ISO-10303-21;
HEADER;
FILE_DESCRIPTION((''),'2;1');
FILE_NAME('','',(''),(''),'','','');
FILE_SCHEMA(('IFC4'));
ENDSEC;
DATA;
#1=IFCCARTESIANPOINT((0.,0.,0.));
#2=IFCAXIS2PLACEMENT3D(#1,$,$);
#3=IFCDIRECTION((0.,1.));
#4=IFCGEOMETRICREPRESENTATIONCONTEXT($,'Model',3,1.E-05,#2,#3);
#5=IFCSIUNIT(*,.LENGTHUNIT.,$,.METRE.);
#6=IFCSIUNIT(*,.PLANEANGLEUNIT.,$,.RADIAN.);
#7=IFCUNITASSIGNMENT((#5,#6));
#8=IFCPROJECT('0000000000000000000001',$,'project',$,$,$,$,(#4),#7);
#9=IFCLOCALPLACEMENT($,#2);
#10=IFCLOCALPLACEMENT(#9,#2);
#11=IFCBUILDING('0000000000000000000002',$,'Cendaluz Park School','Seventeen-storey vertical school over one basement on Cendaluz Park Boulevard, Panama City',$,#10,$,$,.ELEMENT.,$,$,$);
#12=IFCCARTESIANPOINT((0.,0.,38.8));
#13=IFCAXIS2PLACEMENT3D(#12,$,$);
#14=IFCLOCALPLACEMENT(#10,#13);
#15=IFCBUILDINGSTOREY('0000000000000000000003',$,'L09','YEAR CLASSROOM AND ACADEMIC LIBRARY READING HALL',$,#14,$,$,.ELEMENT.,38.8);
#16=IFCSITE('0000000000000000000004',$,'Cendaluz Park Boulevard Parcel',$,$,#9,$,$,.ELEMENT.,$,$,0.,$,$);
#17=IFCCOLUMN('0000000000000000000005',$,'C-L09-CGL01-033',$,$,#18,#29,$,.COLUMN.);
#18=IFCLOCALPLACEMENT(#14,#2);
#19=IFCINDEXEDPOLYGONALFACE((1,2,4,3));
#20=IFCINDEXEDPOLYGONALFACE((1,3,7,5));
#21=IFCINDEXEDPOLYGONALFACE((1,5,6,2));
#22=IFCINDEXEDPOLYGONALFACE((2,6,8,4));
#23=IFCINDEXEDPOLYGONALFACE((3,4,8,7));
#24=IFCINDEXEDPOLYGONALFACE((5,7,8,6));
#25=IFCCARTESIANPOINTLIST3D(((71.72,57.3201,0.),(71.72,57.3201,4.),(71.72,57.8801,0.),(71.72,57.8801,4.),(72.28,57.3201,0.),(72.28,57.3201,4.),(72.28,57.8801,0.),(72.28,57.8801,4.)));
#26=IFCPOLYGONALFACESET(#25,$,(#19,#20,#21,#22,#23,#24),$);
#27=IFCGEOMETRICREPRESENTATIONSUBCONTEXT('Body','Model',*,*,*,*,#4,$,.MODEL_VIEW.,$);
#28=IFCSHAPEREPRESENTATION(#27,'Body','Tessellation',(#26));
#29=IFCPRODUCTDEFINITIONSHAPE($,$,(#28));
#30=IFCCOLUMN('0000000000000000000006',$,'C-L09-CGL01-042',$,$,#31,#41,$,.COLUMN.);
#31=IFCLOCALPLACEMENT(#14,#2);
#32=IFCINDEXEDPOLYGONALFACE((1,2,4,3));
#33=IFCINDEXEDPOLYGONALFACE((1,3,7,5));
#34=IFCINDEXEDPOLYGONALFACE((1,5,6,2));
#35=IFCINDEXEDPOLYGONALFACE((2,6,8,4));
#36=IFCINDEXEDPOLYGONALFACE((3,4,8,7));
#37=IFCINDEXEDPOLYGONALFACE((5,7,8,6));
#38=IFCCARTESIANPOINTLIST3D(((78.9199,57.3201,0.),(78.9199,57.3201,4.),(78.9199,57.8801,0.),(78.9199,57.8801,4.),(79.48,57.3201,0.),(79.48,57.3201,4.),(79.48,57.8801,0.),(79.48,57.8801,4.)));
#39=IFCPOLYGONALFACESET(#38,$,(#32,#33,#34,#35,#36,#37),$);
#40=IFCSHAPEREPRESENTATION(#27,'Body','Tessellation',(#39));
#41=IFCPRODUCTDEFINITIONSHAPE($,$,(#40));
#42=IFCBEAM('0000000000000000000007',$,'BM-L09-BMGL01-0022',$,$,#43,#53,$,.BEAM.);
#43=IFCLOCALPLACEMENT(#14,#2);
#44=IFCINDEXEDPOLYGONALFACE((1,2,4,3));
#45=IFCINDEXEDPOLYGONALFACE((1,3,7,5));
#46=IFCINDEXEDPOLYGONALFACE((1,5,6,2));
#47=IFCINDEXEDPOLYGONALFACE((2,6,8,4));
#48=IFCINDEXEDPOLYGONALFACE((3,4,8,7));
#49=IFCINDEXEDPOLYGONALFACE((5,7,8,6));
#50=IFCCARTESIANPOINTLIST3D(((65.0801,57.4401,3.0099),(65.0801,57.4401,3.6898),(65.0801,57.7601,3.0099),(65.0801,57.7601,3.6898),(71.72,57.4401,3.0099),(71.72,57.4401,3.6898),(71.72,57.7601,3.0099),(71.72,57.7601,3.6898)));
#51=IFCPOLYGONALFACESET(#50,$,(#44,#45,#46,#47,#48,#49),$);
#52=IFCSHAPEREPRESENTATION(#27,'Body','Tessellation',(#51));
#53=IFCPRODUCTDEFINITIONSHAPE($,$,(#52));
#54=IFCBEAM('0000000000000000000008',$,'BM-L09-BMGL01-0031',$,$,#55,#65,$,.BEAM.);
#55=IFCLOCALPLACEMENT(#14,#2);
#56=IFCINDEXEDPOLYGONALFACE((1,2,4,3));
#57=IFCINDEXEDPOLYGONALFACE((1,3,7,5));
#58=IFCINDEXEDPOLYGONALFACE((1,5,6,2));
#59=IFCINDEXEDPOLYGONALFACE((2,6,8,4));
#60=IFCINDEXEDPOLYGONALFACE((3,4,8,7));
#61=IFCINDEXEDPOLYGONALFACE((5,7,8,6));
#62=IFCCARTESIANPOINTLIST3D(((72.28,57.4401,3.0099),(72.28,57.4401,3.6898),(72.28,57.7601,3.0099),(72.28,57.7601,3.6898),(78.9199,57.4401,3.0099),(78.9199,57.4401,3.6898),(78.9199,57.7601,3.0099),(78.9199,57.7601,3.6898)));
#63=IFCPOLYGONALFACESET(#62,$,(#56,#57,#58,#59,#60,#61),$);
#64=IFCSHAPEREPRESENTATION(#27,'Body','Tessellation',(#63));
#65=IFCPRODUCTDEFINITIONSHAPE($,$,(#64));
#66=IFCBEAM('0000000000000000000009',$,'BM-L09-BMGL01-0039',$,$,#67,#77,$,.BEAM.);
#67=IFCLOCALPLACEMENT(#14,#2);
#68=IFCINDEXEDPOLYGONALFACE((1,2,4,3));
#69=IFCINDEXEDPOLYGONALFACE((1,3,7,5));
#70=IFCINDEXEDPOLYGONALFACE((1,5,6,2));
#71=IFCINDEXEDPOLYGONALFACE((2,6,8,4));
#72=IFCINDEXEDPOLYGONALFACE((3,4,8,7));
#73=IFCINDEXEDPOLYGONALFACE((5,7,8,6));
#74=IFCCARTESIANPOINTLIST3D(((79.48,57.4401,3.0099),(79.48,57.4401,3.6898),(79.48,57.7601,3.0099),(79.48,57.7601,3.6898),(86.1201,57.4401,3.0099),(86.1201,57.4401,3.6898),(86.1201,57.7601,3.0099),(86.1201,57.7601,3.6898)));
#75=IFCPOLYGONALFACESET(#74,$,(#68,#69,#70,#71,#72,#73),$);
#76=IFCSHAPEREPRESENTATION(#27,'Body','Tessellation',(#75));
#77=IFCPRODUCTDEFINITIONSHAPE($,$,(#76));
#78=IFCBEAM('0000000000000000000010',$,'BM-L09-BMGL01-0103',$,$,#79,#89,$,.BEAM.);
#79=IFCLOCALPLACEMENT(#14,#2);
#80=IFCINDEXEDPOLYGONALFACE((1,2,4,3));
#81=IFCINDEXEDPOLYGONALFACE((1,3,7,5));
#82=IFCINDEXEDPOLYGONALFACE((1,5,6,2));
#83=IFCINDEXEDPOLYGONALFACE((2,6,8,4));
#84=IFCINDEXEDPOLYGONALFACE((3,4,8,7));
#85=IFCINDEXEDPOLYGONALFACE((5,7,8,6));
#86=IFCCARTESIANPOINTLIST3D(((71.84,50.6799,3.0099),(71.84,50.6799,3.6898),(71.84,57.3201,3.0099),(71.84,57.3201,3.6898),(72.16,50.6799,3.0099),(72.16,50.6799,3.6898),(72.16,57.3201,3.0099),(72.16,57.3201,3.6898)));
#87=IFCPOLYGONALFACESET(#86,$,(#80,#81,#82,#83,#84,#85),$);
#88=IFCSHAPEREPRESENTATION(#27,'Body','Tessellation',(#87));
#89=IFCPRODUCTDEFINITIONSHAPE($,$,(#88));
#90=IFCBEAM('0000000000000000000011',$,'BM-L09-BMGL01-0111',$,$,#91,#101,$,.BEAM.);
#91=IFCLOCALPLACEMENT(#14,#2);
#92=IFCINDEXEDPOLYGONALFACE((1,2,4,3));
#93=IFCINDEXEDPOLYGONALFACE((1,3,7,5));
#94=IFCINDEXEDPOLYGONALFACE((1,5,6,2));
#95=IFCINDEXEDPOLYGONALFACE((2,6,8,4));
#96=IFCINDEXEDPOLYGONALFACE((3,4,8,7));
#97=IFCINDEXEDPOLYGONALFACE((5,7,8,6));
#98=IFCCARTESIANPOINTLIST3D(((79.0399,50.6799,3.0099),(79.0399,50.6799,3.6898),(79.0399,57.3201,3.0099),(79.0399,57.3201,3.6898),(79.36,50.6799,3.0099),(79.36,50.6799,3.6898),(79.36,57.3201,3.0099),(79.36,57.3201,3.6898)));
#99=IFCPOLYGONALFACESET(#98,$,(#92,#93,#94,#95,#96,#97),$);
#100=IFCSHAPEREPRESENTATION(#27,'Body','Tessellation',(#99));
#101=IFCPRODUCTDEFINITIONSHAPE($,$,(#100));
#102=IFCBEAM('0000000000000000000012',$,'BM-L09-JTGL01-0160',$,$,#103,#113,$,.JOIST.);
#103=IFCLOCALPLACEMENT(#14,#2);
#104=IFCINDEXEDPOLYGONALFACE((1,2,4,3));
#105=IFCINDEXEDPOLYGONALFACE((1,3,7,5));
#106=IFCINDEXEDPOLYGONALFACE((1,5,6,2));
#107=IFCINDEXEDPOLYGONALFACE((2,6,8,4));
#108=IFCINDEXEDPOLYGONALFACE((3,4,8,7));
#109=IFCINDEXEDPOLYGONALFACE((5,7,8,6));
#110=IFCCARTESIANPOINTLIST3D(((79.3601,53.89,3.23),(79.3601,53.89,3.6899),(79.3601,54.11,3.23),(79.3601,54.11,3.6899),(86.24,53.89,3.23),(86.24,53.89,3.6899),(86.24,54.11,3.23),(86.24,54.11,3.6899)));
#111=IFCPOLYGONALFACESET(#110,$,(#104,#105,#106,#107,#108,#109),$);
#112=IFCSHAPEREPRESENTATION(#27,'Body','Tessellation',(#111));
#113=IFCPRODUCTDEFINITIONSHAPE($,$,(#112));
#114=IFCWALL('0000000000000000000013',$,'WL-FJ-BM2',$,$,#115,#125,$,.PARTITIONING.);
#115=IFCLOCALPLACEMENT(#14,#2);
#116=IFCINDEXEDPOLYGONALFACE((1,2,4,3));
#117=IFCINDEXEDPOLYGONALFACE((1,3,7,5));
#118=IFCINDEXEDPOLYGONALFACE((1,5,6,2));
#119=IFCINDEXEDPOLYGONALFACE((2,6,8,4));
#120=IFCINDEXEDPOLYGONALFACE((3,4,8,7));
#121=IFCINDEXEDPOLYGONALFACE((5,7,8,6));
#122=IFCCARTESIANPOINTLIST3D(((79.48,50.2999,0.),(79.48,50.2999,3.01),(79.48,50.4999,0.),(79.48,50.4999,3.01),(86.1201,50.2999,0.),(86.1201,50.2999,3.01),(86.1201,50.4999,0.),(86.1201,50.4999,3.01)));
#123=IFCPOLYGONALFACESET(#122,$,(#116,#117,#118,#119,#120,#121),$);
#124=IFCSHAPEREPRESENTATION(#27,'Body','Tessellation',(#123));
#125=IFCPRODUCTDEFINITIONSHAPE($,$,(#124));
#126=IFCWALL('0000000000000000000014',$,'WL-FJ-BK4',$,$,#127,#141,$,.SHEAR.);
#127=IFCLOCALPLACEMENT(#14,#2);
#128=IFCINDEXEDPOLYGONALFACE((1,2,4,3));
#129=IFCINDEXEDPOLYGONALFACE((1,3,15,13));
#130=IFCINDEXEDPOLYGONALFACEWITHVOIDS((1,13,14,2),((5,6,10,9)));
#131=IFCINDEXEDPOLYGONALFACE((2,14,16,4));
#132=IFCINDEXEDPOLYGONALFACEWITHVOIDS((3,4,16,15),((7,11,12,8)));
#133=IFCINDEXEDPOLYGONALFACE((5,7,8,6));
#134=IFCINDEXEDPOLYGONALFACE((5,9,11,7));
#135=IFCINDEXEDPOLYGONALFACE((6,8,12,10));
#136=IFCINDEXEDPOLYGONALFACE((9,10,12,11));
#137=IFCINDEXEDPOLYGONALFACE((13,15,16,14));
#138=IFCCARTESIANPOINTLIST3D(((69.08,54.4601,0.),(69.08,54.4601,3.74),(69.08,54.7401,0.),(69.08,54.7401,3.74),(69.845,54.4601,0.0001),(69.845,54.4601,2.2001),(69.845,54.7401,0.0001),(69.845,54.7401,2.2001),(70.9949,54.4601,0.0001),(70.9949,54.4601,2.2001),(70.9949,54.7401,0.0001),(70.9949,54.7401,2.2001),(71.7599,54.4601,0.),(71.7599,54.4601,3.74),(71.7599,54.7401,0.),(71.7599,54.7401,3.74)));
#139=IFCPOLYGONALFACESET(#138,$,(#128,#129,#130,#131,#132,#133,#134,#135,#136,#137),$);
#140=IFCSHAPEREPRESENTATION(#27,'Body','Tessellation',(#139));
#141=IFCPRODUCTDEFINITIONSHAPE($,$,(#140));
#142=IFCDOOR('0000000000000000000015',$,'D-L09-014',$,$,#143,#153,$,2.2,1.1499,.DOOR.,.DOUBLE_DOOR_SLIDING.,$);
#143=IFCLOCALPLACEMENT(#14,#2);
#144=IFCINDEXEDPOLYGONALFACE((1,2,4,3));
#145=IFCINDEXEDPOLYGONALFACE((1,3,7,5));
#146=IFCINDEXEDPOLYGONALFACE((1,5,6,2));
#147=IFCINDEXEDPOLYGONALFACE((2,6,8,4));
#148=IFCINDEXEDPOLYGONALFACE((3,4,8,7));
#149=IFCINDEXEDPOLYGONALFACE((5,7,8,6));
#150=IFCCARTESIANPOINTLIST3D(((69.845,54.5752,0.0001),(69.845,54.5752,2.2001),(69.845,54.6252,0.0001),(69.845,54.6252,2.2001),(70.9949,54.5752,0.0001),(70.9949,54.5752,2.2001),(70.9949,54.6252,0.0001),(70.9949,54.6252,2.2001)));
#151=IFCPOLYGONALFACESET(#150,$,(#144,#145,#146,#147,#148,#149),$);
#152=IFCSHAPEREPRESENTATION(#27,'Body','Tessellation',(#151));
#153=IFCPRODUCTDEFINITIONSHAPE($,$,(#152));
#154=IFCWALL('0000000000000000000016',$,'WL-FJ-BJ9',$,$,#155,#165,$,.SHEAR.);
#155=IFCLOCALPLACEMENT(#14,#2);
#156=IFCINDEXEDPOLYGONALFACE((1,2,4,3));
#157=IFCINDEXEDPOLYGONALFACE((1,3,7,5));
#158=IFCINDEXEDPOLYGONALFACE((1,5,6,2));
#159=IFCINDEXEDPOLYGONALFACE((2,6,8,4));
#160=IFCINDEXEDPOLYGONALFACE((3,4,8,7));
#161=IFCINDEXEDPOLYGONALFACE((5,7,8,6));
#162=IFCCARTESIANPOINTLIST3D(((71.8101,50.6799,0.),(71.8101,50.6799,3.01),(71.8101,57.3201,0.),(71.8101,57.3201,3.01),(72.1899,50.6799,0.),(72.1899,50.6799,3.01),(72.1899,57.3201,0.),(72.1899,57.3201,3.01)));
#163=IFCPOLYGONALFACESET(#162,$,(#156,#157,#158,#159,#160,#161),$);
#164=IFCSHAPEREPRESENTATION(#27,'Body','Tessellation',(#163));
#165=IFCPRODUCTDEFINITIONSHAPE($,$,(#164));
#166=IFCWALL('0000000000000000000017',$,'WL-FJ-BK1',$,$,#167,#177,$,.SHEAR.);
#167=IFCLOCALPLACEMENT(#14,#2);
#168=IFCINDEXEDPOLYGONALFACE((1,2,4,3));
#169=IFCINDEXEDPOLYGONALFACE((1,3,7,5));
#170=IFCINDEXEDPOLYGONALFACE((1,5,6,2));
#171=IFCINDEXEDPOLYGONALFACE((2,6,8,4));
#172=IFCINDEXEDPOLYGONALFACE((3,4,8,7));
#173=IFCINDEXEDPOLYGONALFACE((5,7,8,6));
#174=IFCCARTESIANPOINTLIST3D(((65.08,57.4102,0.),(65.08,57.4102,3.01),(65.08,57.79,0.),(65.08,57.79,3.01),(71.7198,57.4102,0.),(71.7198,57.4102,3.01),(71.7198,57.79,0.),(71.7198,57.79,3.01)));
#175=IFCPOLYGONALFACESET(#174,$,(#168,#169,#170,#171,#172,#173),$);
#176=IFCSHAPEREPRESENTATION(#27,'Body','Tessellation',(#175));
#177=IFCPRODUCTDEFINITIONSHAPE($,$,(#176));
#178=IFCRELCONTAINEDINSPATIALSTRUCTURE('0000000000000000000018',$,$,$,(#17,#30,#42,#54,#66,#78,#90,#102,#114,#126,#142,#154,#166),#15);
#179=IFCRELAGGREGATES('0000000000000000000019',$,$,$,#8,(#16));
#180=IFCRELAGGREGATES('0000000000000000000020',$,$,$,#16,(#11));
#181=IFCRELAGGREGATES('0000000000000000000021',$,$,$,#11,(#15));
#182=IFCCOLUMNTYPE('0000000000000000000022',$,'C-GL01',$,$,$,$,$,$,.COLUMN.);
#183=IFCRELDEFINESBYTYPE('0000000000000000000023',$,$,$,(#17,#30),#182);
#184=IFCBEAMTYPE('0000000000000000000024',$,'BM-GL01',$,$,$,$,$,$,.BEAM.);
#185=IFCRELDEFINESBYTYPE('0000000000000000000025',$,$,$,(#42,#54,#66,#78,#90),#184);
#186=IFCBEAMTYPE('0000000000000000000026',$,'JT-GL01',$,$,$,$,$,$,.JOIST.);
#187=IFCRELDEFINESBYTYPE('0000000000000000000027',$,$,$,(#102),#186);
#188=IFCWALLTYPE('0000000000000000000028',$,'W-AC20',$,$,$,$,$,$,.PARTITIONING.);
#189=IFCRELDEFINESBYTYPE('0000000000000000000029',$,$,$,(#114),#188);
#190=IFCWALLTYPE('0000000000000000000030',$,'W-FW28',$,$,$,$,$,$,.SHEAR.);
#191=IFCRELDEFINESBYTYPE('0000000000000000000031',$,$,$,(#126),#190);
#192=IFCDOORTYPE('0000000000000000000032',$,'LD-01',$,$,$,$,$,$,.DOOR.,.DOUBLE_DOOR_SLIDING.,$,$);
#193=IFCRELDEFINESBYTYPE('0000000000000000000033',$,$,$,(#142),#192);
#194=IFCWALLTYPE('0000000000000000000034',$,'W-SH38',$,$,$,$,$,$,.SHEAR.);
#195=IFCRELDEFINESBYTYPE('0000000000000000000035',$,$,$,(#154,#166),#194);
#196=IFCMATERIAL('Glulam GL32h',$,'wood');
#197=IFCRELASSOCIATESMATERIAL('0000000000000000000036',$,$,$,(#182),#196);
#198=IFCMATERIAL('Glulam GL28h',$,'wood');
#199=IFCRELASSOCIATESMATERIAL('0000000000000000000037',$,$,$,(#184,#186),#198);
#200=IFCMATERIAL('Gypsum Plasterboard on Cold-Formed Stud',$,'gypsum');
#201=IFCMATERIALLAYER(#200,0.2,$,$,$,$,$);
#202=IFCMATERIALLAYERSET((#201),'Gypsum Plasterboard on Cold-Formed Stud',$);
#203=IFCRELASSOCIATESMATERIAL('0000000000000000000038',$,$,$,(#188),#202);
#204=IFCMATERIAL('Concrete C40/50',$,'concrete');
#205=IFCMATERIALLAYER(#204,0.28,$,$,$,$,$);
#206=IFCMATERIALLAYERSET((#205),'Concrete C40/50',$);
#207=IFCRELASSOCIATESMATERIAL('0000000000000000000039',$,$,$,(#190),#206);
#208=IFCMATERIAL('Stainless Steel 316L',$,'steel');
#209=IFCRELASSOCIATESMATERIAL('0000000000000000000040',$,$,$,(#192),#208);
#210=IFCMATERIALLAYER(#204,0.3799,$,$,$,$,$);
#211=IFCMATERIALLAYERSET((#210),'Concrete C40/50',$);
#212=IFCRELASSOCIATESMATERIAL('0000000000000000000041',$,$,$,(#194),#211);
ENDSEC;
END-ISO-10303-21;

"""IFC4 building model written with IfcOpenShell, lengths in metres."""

from ifc_helpers import new_model, si_unit, direction, frame, frame_2d, origin, origin_2d, place, context, subcontext, project, spatial, rectangle, extrude, material, layer, layer_set, material_profile, profile_set, type_object, element, fill, save


model = new_model("IFC4")

# Units and contexts
model_context = context("Model", 3, precision=1e-05, world=origin(), true_north=direction((0.0, 1.0)))
body_context = subcontext(model_context, "Body", "Model", "MODEL_VIEW")
ifc_project = project(units=[si_unit("LENGTHUNIT", "METRE"), si_unit("PLANEANGLEUNIT", "RADIAN")], contexts=[model_context])

# Site, building, storey
site_placement = place(None, origin())
site = spatial("IfcSite", under=ifc_project, at=site_placement, Name="Cendaluz Park Boulevard Parcel", CompositionType="ELEMENT", RefElevation=0.0)
building_placement = place(site_placement, origin())
building = spatial("IfcBuilding", under=site, at=building_placement, Name="Cendaluz Park School", Description="Seventeen-storey vertical school over one basement on Cendaluz Park Boulevard, Panama City", CompositionType="ELEMENT")
storey_placement = place(building_placement, frame((0.0, 0.0, 38.8)))
storey = spatial("IfcBuildingStorey", under=building, at=storey_placement, Name="L09", Description="YEAR CLASSROOM AND ACADEMIC LIBRARY READING HALL", CompositionType="ELEMENT", Elevation=38.8)

# Columns
ifc_material_1 = material(Name="Glulam GL32h", Category="wood")
ifc_material_profile_1 = material_profile(ifc_material_1, rectangle(XDim=0.5601, YDim=0.5601, at=origin_2d()), Name="GL32h 560x560", Category="wood")
ifc_profile_set_1 = profile_set([ifc_material_profile_1], Name="Glulam GL32h")
column_type = type_object("IfcColumnType", Name="C-GL01", PredefinedType="COLUMN", material=ifc_profile_set_1)
for number, where, z_axis, x_axis, name in (
    (1, (72.0, 57.6001, 0.0), (0.0, 0.0, 1.0), (1.0, 0.0, 0.0), "C-L09-CGL01-033"),
    (2, (79.2, 57.6001, 0.0), (0.0, 0.0, 1.0), (1.0, 0.0, 0.0), "C-L09-CGL01-042"),
):
    element("IfcColumn", number, at=place(storey_placement, frame(where, z_axis=z_axis, x_axis=x_axis)), inside=storey, type_object=column_type, Name=name, PredefinedType="COLUMN", context=body_context, shape_type="SweptSolid", body=[
        extrude(rectangle(XDim=0.5601, YDim=0.5601, at=origin_2d()), origin(), (0.0, 0.0, 1.0), 4.0),
    ])

# Beams
ifc_material_2 = material(Name="Glulam GL28h", Category="wood")
ifc_material_profile_2 = material_profile(ifc_material_2, rectangle(XDim=0.3201, YDim=0.6799, at=origin_2d()), Name="GL28h 320x680", Category="wood")
ifc_profile_set_2 = profile_set([ifc_material_profile_2], Name="Glulam GL28h")
beam_type_1 = type_object("IfcBeamType", Name="BM-GL01", PredefinedType="BEAM", material=ifc_profile_set_2)
for number, where, z_axis, x_axis, name in (
    (3, (65.0801, 57.6001, 3.3499), (1.0, 0.0, 0.0), (0.0, 1.0, 0.0), "BM-L09-BMGL01-0022"),
    (4, (72.28, 57.6001, 3.3499), (1.0, 0.0, 0.0), (0.0, 1.0, 0.0), "BM-L09-BMGL01-0031"),
):
    element("IfcBeam", number, at=place(storey_placement, frame(where, z_axis=z_axis, x_axis=x_axis)), inside=storey, type_object=beam_type_1, Name=name, PredefinedType="BEAM", context=body_context, shape_type="SweptSolid", body=[
        extrude(rectangle(XDim=0.3201, YDim=0.6799, at=origin_2d()), origin(), (0.0, 0.0, 1.0), 6.6399),
    ])
for number, where, z_axis, x_axis, name in (
    (5, (79.48, 57.6001, 3.3499), (1.0, 0.0, 0.0), (0.0, 1.0, 0.0), "BM-L09-BMGL01-0039"),
    (6, (72.0, 50.6799, 3.3499), (0.0, 1.0, 0.0), (-1.0, 0.0, 0.0), "BM-L09-BMGL01-0103"),
    (7, (79.2, 50.6799, 3.3499), (0.0, 1.0, 0.0), (-1.0, 0.0, 0.0), "BM-L09-BMGL01-0111"),
):
    element("IfcBeam", number, at=place(storey_placement, frame(where, z_axis=z_axis, x_axis=x_axis)), inside=storey, type_object=beam_type_1, Name=name, PredefinedType="BEAM", context=body_context, shape_type="SweptSolid", body=[
        extrude(rectangle(XDim=0.3201, YDim=0.6799, at=origin_2d()), origin(), (0.0, 0.0, 1.0), 6.6401),
    ])
ifc_material_profile_3 = material_profile(ifc_material_2, rectangle(XDim=0.22, YDim=0.46, at=origin_2d()), Name="GL28h 220x460", Category="wood")
ifc_profile_set_3 = profile_set([ifc_material_profile_3], Name="Glulam GL28h")
beam_type_2 = type_object("IfcBeamType", Name="JT-GL01", PredefinedType="JOIST", material=ifc_profile_set_3)
beam_placement = place(storey_placement, frame((79.3601, 54.0, 3.46), z_axis=(1.0, 0.0, 0.0), x_axis=(0.0, 1.0, 0.0)))
element("IfcBeam", 8, at=beam_placement, inside=storey, type_object=beam_type_2, Name="BM-L09-JTGL01-0160", PredefinedType="JOIST", context=body_context, shape_type="SweptSolid", body=[
    extrude(rectangle(XDim=0.22, YDim=0.46, at=origin_2d()), origin(), (0.0, 0.0, 1.0), 6.8799),
])

# Wall
ifc_material_3 = material(Name="Gypsum Plasterboard on Cold-Formed Stud", Category="gypsum")
ifc_layer_1 = layer(ifc_material_3, 0.2)
ifc_layer_set_1 = layer_set([ifc_layer_1], Name="Gypsum Plasterboard on Cold-Formed Stud")
wall_type_1 = type_object("IfcWallType", Name="W-AC20", PredefinedType="PARTITIONING", material=ifc_layer_set_1)
wall_1_placement = place(storey_placement, frame((79.48, 50.3999, 0.0), z_axis=(0.0, 0.0, 1.0), x_axis=(1.0, 0.0, 0.0)))
element("IfcWall", 9, at=wall_1_placement, inside=storey, type_object=wall_type_1, Name="WL-FJ-BM2", PredefinedType="PARTITIONING", context=body_context, shape_type="SweptSolid", body=[
    extrude(rectangle(XDim=6.6401, YDim=0.2, at=frame_2d((3.3201, 0.0))), origin(), (0.0, 0.0, 1.0), 3.01),
])

# Wall, opening, door
ifc_material_4 = material(Name="Concrete C40/50", Category="concrete")
ifc_layer_2 = layer(ifc_material_4, 0.28)
ifc_layer_set_2 = layer_set([ifc_layer_2], Name="Concrete C40/50")
wall_type_2 = type_object("IfcWallType", Name="W-FW28", PredefinedType="SHEAR", material=ifc_layer_set_2)
wall_2_placement = place(storey_placement, frame((69.0801, 54.6001, 0.0), z_axis=(0.0, 0.0, 1.0), x_axis=(1.0, 0.0, 0.0)))
wall_2 = element("IfcWall", 10, at=wall_2_placement, inside=storey, type_object=wall_type_2, Name="WL-FJ-BK4", PredefinedType="SHEAR", context=body_context, shape_type="SweptSolid", body=[
    extrude(rectangle(XDim=2.6799, YDim=0.28, at=frame_2d((1.3398, 0.0))), origin(), (0.0, 0.0, 1.0), 3.74),
])
opening_1_placement = place(wall_2_placement, frame((0.7649, 0.0, 0.0)))
opening_1 = element("IfcOpeningElement", 11, at=opening_1_placement, cuts=wall_2, PredefinedType="OPENING", context=body_context, shape_type="SweptSolid", body=[
    extrude(rectangle(XDim=1.1499, YDim=2.2, at=frame_2d((0.575, 1.1001))), frame((0.0, 0.1521, 0.0), z_axis=(0.0, -1.0, 0.0), x_axis=(1.0, 0.0, 0.0)), (0.0, 0.0, 1.0), 0.304),
])
ifc_material_5 = material(Name="Stainless Steel 316L", Category="steel")
door_type_1 = type_object("IfcDoorType", Name="LD-01", OperationType="DOUBLE_DOOR_SLIDING", PredefinedType="DOOR", material=ifc_material_5)
door_1_placement = place(opening_1_placement, frame((1.1499, 0.0, 0.0), z_axis=(0.0, 0.0, 1.0), x_axis=(-1.0, 0.0, 0.0)))
door_1 = element("IfcDoor", 12, at=door_1_placement, inside=storey, type_object=door_type_1, Name="D-L09-014", OperationType="DOUBLE_DOOR_SLIDING", OverallHeight=2.2, OverallWidth=1.1499, PredefinedType="DOOR", context=body_context, shape_type="SweptSolid", body=[
    extrude(rectangle(XDim=1.1499, YDim=2.2, at=frame_2d((0.575, 1.1001))), frame((0.0, 0.0249, 0.0), z_axis=(0.0, -1.0, 0.0), x_axis=(1.0, 0.0, 0.0)), (0.0, 0.0, 1.0), 0.05),
])
fill(opening_1, door_1)

# Walls
ifc_layer_3 = layer(ifc_material_4, 0.3799)
ifc_layer_set_3 = layer_set([ifc_layer_3], Name="Concrete C40/50")
wall_type_3 = type_object("IfcWallType", Name="W-SH38", PredefinedType="SHEAR", material=ifc_layer_set_3)
wall_3_placement = place(storey_placement, frame((72.0, 50.6799, 0.0), z_axis=(0.0, 0.0, 1.0), x_axis=(0.0, 1.0, 0.0)))
element("IfcWall", 13, at=wall_3_placement, inside=storey, type_object=wall_type_3, Name="WL-FJ-BJ9", PredefinedType="SHEAR", context=body_context, shape_type="SweptSolid", body=[
    extrude(rectangle(XDim=6.6401, YDim=0.3799, at=frame_2d((3.3201, 0.0))), origin(), (0.0, 0.0, 1.0), 3.01),
])
wall_4_placement = place(storey_placement, frame((65.0801, 57.6001, 0.0), z_axis=(0.0, 0.0, 1.0), x_axis=(1.0, 0.0, 0.0)))
element("IfcWall", 14, at=wall_4_placement, inside=storey, type_object=wall_type_3, Name="WL-FJ-BK1", PredefinedType="SHEAR", context=body_context, shape_type="SweptSolid", body=[
    extrude(rectangle(XDim=6.6399, YDim=0.3799, at=frame_2d((3.3198, 0.0))), origin(), (0.0, 0.0, 1.0), 3.01),
])

save(model, "model.ifc")
